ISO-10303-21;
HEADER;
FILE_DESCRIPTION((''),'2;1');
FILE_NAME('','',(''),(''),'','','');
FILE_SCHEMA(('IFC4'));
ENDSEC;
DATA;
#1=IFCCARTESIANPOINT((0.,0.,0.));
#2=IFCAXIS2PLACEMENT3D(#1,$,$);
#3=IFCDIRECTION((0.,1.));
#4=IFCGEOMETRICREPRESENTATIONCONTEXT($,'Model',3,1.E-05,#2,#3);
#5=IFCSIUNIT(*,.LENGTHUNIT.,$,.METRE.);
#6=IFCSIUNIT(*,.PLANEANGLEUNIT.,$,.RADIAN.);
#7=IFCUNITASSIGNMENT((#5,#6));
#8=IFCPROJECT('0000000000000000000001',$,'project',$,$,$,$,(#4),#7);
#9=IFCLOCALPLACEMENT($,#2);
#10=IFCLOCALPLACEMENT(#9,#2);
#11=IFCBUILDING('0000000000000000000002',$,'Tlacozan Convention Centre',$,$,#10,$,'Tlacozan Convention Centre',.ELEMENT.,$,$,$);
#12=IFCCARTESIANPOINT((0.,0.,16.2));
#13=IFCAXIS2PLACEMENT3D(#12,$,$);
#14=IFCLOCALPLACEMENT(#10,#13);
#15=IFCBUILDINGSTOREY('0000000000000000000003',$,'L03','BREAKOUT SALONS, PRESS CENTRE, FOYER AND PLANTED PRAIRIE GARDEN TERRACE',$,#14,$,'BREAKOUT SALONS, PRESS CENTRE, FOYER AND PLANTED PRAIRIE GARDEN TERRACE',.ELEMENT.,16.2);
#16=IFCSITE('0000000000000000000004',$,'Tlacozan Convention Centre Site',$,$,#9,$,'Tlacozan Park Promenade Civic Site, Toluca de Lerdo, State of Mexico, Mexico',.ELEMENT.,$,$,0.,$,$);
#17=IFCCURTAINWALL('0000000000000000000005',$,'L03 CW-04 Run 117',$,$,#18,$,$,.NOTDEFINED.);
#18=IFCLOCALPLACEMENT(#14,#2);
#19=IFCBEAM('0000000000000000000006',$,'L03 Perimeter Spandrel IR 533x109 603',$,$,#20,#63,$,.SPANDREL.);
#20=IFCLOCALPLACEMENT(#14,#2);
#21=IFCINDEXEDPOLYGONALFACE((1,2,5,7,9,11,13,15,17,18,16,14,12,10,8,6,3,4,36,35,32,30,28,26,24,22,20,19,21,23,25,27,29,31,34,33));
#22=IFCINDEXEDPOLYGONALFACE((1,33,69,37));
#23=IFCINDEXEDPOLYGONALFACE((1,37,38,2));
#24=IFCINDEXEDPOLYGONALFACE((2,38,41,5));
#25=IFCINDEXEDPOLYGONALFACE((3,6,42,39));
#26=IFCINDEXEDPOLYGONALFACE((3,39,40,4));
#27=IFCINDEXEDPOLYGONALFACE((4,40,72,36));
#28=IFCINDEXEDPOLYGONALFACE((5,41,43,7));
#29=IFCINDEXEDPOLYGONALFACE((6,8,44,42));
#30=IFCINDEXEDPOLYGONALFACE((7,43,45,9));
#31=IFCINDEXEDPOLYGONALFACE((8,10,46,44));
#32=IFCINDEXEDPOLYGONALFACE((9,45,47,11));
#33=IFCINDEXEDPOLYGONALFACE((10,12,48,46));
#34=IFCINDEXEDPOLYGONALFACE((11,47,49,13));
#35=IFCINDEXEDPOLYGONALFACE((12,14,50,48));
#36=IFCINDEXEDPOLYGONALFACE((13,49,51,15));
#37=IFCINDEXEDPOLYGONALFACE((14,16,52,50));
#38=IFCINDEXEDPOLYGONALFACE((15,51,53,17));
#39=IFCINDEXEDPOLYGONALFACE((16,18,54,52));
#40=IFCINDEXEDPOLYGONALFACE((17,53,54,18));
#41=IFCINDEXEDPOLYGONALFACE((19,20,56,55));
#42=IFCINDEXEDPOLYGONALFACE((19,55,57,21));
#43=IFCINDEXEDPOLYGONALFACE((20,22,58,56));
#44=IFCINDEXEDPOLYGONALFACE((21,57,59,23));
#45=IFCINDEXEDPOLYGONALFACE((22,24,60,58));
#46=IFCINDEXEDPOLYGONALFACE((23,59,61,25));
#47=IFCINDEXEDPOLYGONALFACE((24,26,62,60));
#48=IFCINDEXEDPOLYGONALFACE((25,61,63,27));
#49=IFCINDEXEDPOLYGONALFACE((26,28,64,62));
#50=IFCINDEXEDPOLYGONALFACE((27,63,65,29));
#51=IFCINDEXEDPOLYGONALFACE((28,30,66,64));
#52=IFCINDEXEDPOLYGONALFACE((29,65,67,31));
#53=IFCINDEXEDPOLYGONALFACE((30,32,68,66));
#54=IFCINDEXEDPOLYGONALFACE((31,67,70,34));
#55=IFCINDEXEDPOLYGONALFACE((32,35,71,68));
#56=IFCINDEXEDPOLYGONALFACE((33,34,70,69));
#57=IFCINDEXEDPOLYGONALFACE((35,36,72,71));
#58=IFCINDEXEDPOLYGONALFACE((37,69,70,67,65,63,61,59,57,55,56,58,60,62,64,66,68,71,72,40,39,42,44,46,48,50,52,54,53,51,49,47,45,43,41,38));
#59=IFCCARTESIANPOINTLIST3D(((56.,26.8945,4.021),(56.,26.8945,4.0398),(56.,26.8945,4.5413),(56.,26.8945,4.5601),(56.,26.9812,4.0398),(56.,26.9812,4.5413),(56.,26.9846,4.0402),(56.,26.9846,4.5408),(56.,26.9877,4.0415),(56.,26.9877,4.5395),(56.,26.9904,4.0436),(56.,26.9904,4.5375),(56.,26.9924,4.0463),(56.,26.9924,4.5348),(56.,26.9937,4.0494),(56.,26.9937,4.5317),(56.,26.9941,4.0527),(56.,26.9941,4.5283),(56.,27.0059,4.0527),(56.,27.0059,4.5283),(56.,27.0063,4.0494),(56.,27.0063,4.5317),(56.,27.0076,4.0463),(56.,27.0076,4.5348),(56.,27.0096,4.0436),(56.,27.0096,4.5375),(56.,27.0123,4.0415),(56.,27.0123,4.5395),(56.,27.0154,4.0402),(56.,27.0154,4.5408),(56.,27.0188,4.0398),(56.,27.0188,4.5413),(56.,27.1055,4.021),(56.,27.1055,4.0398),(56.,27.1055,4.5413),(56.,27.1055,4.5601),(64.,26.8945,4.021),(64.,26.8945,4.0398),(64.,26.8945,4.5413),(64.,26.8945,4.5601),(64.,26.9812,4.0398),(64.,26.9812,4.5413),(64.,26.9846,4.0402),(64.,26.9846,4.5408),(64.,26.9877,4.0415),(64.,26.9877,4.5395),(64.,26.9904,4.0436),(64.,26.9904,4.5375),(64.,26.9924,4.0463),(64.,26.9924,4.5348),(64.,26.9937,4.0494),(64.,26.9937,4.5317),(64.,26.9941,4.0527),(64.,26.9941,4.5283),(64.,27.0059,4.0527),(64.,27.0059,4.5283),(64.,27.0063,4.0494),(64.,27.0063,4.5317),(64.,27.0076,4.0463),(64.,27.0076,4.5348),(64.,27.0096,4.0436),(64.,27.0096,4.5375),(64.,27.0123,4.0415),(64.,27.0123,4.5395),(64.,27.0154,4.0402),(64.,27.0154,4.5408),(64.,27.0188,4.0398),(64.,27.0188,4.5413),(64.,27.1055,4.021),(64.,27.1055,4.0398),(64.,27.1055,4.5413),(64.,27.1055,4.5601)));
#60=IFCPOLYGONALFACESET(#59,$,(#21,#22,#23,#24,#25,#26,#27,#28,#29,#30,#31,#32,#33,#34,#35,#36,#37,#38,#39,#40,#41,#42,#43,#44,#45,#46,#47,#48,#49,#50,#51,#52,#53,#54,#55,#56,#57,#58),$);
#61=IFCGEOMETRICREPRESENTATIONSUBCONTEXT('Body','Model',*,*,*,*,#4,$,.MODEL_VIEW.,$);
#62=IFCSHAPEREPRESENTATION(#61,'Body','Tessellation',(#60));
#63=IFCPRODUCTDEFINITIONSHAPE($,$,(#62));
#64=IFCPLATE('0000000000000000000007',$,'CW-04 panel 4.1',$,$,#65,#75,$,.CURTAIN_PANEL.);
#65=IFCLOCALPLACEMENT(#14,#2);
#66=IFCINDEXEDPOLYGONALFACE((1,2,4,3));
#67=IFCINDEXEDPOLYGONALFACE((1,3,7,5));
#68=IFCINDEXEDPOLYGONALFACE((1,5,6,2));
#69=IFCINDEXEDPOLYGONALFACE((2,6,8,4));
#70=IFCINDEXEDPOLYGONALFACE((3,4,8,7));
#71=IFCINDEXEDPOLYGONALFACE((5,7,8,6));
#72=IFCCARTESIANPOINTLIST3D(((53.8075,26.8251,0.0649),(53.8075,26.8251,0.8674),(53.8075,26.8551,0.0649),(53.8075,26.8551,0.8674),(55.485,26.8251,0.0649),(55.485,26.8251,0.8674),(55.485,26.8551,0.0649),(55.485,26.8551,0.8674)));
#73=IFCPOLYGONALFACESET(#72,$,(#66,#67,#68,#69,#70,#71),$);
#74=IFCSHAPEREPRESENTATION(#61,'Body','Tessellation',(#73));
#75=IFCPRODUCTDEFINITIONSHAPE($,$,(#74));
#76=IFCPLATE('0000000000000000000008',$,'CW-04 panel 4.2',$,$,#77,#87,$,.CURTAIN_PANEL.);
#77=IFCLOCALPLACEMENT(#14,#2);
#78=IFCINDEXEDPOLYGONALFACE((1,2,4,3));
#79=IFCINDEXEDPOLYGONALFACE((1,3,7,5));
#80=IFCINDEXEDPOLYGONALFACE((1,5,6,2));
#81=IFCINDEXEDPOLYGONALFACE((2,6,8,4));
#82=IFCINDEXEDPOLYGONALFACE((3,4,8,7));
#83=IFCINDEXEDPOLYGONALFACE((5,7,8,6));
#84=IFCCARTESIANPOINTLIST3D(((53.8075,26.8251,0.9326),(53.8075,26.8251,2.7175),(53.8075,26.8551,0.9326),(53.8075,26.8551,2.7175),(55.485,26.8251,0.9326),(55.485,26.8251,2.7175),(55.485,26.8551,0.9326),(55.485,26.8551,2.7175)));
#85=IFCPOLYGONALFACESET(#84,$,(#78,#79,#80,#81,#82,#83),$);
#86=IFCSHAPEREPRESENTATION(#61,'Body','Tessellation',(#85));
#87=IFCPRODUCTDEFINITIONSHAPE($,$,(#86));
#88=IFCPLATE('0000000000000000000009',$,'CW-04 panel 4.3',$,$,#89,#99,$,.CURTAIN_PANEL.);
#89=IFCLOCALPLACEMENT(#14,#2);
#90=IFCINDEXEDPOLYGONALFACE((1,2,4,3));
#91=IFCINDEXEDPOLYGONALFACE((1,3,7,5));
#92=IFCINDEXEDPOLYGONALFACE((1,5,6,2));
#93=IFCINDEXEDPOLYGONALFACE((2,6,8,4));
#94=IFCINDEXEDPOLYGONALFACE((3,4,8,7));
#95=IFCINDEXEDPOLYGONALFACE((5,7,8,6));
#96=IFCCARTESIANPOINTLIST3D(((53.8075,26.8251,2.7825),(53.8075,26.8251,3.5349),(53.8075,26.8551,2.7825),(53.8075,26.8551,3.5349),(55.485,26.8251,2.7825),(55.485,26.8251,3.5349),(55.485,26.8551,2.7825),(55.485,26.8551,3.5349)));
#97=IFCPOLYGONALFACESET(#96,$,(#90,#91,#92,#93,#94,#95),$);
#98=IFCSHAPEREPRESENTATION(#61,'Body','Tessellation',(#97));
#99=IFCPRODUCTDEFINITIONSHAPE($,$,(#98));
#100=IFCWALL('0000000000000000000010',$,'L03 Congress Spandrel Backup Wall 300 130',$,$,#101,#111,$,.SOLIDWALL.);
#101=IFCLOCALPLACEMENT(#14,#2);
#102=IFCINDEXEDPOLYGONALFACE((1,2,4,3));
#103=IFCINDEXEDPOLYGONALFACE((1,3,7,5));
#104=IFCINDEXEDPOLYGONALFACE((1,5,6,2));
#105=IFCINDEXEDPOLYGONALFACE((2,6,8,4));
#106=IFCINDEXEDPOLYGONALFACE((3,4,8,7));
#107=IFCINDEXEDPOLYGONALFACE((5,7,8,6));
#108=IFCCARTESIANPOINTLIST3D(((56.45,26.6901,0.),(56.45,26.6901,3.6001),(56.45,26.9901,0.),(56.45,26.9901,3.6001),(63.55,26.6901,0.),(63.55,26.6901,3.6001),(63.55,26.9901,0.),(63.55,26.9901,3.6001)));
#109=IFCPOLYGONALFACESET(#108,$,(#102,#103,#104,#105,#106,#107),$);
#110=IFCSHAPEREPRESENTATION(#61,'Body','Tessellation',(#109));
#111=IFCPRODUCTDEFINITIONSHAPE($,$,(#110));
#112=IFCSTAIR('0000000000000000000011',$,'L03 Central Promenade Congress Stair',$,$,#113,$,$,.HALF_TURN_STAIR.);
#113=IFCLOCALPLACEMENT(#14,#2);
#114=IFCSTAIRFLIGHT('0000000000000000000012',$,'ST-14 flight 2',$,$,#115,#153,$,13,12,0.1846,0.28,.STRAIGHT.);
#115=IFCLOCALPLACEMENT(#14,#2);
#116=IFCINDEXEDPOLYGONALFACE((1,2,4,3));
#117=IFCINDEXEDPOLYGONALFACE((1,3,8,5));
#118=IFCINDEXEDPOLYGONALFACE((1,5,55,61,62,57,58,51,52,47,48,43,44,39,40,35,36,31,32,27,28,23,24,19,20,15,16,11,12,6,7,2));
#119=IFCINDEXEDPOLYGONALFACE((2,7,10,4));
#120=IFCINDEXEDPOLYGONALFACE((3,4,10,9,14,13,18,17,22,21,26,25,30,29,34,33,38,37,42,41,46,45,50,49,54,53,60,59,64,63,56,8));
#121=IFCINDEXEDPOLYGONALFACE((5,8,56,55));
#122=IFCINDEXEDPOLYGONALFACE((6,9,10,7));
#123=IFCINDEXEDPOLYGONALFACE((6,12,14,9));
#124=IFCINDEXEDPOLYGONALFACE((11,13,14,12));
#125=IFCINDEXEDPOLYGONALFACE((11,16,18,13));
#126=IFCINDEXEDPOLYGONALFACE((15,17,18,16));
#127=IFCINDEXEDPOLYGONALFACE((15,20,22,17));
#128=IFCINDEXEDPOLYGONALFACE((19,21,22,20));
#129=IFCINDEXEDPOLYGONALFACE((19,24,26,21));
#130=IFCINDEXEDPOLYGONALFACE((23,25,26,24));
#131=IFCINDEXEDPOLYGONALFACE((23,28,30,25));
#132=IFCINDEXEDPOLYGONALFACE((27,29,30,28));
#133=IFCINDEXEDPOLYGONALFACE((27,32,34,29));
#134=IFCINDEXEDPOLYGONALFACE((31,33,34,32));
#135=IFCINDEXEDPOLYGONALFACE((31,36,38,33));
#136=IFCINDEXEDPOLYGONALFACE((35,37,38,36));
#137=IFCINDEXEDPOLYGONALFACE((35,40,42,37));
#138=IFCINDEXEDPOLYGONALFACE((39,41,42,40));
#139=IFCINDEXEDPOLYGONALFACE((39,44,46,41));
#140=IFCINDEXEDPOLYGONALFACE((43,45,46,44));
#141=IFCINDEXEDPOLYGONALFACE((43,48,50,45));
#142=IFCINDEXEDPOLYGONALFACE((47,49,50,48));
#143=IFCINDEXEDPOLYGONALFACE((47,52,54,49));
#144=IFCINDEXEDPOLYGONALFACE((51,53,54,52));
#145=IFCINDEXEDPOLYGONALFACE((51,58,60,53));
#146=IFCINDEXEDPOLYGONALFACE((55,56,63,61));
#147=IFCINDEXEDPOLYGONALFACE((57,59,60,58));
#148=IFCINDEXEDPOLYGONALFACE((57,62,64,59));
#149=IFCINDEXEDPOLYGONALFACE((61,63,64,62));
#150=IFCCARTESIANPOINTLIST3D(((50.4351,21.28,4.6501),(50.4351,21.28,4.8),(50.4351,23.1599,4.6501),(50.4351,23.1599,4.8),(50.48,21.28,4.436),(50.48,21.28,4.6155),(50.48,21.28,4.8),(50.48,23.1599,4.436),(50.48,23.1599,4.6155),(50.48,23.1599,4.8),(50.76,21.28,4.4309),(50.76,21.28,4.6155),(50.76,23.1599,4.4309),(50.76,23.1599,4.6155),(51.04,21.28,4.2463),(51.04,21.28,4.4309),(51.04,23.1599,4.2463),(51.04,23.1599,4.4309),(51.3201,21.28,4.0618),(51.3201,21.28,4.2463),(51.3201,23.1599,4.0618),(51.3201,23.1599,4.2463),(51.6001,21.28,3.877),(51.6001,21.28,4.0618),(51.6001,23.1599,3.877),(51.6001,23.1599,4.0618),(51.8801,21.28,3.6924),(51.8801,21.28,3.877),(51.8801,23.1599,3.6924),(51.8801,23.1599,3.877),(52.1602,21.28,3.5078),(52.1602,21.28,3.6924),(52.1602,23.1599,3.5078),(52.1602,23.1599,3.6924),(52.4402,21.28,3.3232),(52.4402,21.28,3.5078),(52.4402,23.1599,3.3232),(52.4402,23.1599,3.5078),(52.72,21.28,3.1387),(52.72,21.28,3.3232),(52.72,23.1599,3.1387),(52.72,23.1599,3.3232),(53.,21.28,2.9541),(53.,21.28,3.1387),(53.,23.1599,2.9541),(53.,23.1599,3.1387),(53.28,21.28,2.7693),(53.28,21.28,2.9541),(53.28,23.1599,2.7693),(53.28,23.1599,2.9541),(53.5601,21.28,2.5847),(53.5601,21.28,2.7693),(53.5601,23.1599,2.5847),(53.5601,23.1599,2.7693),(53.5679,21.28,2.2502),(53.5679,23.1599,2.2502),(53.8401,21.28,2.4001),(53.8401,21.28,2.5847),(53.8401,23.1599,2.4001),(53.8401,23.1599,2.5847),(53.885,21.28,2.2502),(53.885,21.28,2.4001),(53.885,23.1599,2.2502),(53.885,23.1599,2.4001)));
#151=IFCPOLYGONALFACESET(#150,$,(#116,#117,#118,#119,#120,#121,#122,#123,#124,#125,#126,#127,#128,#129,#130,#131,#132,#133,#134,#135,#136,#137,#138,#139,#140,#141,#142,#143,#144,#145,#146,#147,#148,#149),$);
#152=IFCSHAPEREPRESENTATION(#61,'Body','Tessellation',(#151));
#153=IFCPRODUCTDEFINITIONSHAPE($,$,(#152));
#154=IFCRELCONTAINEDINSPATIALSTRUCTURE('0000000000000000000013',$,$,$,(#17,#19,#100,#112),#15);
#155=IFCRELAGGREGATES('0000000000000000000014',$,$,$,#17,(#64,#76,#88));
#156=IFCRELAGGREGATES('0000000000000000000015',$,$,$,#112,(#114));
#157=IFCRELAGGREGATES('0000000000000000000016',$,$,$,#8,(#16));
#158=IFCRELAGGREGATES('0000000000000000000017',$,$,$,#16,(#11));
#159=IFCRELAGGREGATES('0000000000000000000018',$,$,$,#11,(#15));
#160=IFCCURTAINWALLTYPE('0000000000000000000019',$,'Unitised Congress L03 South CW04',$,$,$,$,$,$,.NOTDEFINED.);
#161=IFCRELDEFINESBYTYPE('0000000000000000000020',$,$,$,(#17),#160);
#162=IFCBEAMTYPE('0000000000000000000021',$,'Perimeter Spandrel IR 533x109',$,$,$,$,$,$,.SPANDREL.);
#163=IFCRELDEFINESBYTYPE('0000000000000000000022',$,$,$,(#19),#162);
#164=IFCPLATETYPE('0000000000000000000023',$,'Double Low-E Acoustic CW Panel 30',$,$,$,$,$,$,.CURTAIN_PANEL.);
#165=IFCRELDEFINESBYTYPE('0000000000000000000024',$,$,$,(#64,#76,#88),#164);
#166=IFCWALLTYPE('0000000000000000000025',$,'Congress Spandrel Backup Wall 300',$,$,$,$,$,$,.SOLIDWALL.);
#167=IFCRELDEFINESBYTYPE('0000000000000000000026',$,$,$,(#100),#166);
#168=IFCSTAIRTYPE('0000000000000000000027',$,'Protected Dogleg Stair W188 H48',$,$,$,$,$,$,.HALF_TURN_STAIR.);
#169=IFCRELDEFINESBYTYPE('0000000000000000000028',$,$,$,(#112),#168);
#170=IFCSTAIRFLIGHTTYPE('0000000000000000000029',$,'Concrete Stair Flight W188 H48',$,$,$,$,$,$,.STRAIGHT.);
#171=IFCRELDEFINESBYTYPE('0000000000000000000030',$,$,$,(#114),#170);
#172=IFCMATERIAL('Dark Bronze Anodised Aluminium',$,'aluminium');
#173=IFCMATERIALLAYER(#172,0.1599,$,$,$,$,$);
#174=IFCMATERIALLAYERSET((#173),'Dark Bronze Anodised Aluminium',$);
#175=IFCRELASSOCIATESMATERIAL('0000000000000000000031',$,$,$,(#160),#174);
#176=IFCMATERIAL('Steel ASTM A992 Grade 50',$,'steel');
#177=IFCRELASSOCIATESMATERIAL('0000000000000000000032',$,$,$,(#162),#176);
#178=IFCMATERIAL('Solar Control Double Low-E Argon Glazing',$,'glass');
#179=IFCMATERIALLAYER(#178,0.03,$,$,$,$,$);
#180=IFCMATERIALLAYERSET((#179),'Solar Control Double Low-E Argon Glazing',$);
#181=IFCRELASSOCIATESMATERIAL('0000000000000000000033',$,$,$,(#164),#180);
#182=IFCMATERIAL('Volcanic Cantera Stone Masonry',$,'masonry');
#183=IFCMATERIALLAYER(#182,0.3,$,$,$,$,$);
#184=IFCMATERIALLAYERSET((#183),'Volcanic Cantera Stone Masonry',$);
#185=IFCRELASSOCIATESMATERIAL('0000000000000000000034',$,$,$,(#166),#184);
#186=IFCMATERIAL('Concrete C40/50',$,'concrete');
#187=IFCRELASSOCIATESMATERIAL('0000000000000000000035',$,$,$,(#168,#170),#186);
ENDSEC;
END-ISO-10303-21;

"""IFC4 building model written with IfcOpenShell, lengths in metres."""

from ifc_helpers import new_model, si_unit, direction, frame, frame_2d, origin, origin_2d, place, context, subcontext, project, spatial, polyline, rectangle, i_section, outline, extrude, material, layer, layer_set, material_profile, profile_set, type_object, element, aggregate, save


model = new_model("IFC4")

# Units and contexts
model_context = context("Model", 3, precision=1e-05, world=origin(), true_north=direction((0.0, 1.0)))
body_context = subcontext(model_context, "Body", "Model", "MODEL_VIEW")
ifc_project = project(units=[si_unit("LENGTHUNIT", "METRE"), si_unit("PLANEANGLEUNIT", "RADIAN")], contexts=[model_context])

# Site, building, storey
site_placement = place(None, origin())
site = spatial("IfcSite", under=ifc_project, at=site_placement, Name="Tlacozan Convention Centre Site", LongName="Tlacozan Park Promenade Civic Site, Toluca de Lerdo, State of Mexico, Mexico", CompositionType="ELEMENT", RefElevation=0.0)
building_placement = place(site_placement, origin())
building = spatial("IfcBuilding", under=site, at=building_placement, Name="Tlacozan Convention Centre", LongName="Tlacozan Convention Centre", CompositionType="ELEMENT")
storey_placement = place(building_placement, frame((0.0, 0.0, 16.2)))
storey = spatial("IfcBuildingStorey", under=building, at=storey_placement, Name="L03", Description="BREAKOUT SALONS, PRESS CENTRE, FOYER AND PLANTED PRAIRIE GARDEN TERRACE", LongName="BREAKOUT SALONS, PRESS CENTRE, FOYER AND PLANTED PRAIRIE GARDEN TERRACE", CompositionType="ELEMENT", Elevation=16.2)

# Shared definitions
ifc_material_1 = material(Name="Concrete C40/50", Category="concrete")

# Curtain wall
ifc_material_2 = material(Name="Dark Bronze Anodised Aluminium", Category="aluminium")
ifc_layer_1 = layer(ifc_material_2, 0.1599)
ifc_layer_set_1 = layer_set([ifc_layer_1], Name="Dark Bronze Anodised Aluminium")
curtain_wall_type = type_object("IfcCurtainWallType", Name="Unitised Congress L03 South CW04", PredefinedType="NOTDEFINED", material=ifc_layer_set_1)
curtain_wall_placement = place(storey_placement, origin())
curtain_wall = element("IfcCurtainWall", 1, at=curtain_wall_placement, inside=storey, type_object=curtain_wall_type, Name="L03 CW-04 Run 117", PredefinedType="NOTDEFINED")

# Beam
ifc_material_3 = material(Name="Steel ASTM A992 Grade 50", Category="steel")
ifc_material_profile_1 = material_profile(ifc_material_3, i_section(OverallWidth=0.2109, OverallDepth=0.5391, WebThickness=0.0117, FlangeThickness=0.0188, FilletRadius=0.0129, at=origin_2d()), Name="IR 533x109.0")
ifc_profile_set_1 = profile_set([ifc_material_profile_1], Name="Steel ASTM A992 Grade 50")
beam_type_1 = type_object("IfcBeamType", Name="Perimeter Spandrel IR 533x109", PredefinedType="SPANDREL", material=ifc_profile_set_1)
beam_1_placement = place(storey_placement, frame((56.0, 27.0, 4.2905), z_axis=(1.0, 0.0, 0.0), x_axis=(0.0, 1.0, 0.0)))
element("IfcBeam", 2, at=beam_1_placement, inside=storey, type_object=beam_type_1, Name="L03 Perimeter Spandrel IR 533x109 603", PredefinedType="SPANDREL", context=body_context, shape_type="SweptSolid", body=[
    extrude(i_section(OverallWidth=0.2109, OverallDepth=0.5391, WebThickness=0.0117, FlangeThickness=0.0188, FilletRadius=0.0129, at=origin_2d()), origin(), (0.0, 0.0, 1.0), 8.0),
])

# Plates
ifc_material_4 = material(Name="Solar Control Double Low-E Argon Glazing", Category="glass")
ifc_layer_2 = layer(ifc_material_4, 0.03)
ifc_layer_set_2 = layer_set([ifc_layer_2], Name="Solar Control Double Low-E Argon Glazing")
plate_type = type_object("IfcPlateType", Name="Double Low-E Acoustic CW Panel 30", PredefinedType="CURTAIN_PANEL", material=ifc_layer_set_2)
plate_1_placement = place(storey_placement, frame((54.6462, 26.8401, 0.0649), z_axis=(0.0, 0.0, 1.0), x_axis=(1.0, 0.0, 0.0)))
plate_1 = element("IfcPlate", 3, at=plate_1_placement, type_object=plate_type, Name="CW-04 panel 4.1", PredefinedType="CURTAIN_PANEL", context=body_context, shape_type="SweptSolid", body=[
    extrude(rectangle(XDim=1.6775, YDim=0.03, at=origin_2d()), origin(), (0.0, 0.0, 1.0), 0.8025),
])
plate_2_placement = place(storey_placement, frame((54.6462, 26.8401, 0.9326), z_axis=(0.0, 0.0, 1.0), x_axis=(1.0, 0.0, 0.0)))
plate_2 = element("IfcPlate", 4, at=plate_2_placement, type_object=plate_type, Name="CW-04 panel 4.2", PredefinedType="CURTAIN_PANEL", context=body_context, shape_type="SweptSolid", body=[
    extrude(rectangle(XDim=1.6775, YDim=0.03, at=origin_2d()), origin(), (0.0, 0.0, 1.0), 1.7849),
])
plate_3_placement = place(storey_placement, frame((54.6462, 26.8401, 2.7825), z_axis=(0.0, 0.0, 1.0), x_axis=(1.0, 0.0, 0.0)))
plate_3 = element("IfcPlate", 5, at=plate_3_placement, type_object=plate_type, Name="CW-04 panel 4.3", PredefinedType="CURTAIN_PANEL", context=body_context, shape_type="SweptSolid", body=[
    extrude(rectangle(XDim=1.6775, YDim=0.03, at=origin_2d()), origin(), (0.0, 0.0, 1.0), 0.7524),
])
aggregate(curtain_wall, [plate_1, plate_2, plate_3])

# Wall
ifc_material_5 = material(Name="Volcanic Cantera Stone Masonry", Category="masonry")
ifc_layer_3 = layer(ifc_material_5, 0.3)
ifc_layer_set_3 = layer_set([ifc_layer_3], Name="Volcanic Cantera Stone Masonry")
wall_type = type_object("IfcWallType", Name="Congress Spandrel Backup Wall 300", PredefinedType="SOLIDWALL", material=ifc_layer_set_3)
wall_placement = place(storey_placement, frame((56.45, 26.8401, 0.0), z_axis=(0.0, 0.0, 1.0), x_axis=(1.0, 0.0, 0.0)))
element("IfcWall", 6, at=wall_placement, inside=storey, type_object=wall_type, Name="L03 Congress Spandrel Backup Wall 300 130", PredefinedType="SOLIDWALL", context=body_context, shape_type="SweptSolid", body=[
    extrude(rectangle(XDim=7.1001, YDim=0.3, at=frame_2d((3.55, 0.0))), origin(), (0.0, 0.0, 1.0), 3.6001),
])

# Stair, stair flight
stair_type = type_object("IfcStairType", Name="Protected Dogleg Stair W188 H48", PredefinedType="HALF_TURN_STAIR", material=ifc_material_1)
stair_placement = place(storey_placement, origin())
stair = element("IfcStair", 7, at=stair_placement, inside=storey, type_object=stair_type, Name="L03 Central Promenade Congress Stair", PredefinedType="HALF_TURN_STAIR")
stair_flight_type = type_object("IfcStairFlightType", Name="Concrete Stair Flight W188 H48", PredefinedType="STRAIGHT", material=ifc_material_1)
stair_flight_placement = place(storey_placement, frame((53.8401, 22.22, 2.4001), z_axis=(0.0, 0.0, 1.0), x_axis=(-1.0, 0.0, 0.0)))
stair_flight = element("IfcStairFlight", 8, at=stair_flight_placement, type_object=stair_flight_type, Name="ST-14 flight 2", NumberOfRisers=13, NumberOfTreads=12, PredefinedType="STRAIGHT", RiserHeight=0.1846, TreadLength=0.28, context=body_context, shape_type="SweptSolid", body=[
    extrude(outline(polyline([(-0.0449, -0.1499), (-0.0449, 0.0), (0.0, 0.0), (0.0, 0.1846), (0.28, 0.1846), (0.28, 0.3691), (0.5601, 0.3691), (0.5601, 0.554), (0.8401, 0.554), (0.8401, 0.7385), (1.1201, 0.7385), (1.1201, 0.9231), (1.3999, 0.9231), (1.3999, 1.1077), (1.6799, 1.1077), (1.6799, 1.2922), (1.96, 1.2922), (1.96, 1.4768), (2.24, 1.4768), (2.24, 1.6616), (2.52, 1.6616), (2.52, 1.8462), (2.8, 1.8462), (2.8, 2.0308), (3.0801, 2.0308), (3.0801, 2.2153), (3.3601, 2.2153), (3.3601, 2.3999), (3.405, 2.3999), (3.405, 2.25), (3.3601, 2.0359), (0.2722, -0.1499), (-0.0449, -0.1499)])), frame((0.0, 0.9399, 0.0), z_axis=(0.0, -1.0, 0.0), x_axis=(1.0, 0.0, 0.0)), (0.0, 0.0, 1.0), 1.8799),
])
aggregate(stair, [stair_flight])

save(model, "model.ifc")
